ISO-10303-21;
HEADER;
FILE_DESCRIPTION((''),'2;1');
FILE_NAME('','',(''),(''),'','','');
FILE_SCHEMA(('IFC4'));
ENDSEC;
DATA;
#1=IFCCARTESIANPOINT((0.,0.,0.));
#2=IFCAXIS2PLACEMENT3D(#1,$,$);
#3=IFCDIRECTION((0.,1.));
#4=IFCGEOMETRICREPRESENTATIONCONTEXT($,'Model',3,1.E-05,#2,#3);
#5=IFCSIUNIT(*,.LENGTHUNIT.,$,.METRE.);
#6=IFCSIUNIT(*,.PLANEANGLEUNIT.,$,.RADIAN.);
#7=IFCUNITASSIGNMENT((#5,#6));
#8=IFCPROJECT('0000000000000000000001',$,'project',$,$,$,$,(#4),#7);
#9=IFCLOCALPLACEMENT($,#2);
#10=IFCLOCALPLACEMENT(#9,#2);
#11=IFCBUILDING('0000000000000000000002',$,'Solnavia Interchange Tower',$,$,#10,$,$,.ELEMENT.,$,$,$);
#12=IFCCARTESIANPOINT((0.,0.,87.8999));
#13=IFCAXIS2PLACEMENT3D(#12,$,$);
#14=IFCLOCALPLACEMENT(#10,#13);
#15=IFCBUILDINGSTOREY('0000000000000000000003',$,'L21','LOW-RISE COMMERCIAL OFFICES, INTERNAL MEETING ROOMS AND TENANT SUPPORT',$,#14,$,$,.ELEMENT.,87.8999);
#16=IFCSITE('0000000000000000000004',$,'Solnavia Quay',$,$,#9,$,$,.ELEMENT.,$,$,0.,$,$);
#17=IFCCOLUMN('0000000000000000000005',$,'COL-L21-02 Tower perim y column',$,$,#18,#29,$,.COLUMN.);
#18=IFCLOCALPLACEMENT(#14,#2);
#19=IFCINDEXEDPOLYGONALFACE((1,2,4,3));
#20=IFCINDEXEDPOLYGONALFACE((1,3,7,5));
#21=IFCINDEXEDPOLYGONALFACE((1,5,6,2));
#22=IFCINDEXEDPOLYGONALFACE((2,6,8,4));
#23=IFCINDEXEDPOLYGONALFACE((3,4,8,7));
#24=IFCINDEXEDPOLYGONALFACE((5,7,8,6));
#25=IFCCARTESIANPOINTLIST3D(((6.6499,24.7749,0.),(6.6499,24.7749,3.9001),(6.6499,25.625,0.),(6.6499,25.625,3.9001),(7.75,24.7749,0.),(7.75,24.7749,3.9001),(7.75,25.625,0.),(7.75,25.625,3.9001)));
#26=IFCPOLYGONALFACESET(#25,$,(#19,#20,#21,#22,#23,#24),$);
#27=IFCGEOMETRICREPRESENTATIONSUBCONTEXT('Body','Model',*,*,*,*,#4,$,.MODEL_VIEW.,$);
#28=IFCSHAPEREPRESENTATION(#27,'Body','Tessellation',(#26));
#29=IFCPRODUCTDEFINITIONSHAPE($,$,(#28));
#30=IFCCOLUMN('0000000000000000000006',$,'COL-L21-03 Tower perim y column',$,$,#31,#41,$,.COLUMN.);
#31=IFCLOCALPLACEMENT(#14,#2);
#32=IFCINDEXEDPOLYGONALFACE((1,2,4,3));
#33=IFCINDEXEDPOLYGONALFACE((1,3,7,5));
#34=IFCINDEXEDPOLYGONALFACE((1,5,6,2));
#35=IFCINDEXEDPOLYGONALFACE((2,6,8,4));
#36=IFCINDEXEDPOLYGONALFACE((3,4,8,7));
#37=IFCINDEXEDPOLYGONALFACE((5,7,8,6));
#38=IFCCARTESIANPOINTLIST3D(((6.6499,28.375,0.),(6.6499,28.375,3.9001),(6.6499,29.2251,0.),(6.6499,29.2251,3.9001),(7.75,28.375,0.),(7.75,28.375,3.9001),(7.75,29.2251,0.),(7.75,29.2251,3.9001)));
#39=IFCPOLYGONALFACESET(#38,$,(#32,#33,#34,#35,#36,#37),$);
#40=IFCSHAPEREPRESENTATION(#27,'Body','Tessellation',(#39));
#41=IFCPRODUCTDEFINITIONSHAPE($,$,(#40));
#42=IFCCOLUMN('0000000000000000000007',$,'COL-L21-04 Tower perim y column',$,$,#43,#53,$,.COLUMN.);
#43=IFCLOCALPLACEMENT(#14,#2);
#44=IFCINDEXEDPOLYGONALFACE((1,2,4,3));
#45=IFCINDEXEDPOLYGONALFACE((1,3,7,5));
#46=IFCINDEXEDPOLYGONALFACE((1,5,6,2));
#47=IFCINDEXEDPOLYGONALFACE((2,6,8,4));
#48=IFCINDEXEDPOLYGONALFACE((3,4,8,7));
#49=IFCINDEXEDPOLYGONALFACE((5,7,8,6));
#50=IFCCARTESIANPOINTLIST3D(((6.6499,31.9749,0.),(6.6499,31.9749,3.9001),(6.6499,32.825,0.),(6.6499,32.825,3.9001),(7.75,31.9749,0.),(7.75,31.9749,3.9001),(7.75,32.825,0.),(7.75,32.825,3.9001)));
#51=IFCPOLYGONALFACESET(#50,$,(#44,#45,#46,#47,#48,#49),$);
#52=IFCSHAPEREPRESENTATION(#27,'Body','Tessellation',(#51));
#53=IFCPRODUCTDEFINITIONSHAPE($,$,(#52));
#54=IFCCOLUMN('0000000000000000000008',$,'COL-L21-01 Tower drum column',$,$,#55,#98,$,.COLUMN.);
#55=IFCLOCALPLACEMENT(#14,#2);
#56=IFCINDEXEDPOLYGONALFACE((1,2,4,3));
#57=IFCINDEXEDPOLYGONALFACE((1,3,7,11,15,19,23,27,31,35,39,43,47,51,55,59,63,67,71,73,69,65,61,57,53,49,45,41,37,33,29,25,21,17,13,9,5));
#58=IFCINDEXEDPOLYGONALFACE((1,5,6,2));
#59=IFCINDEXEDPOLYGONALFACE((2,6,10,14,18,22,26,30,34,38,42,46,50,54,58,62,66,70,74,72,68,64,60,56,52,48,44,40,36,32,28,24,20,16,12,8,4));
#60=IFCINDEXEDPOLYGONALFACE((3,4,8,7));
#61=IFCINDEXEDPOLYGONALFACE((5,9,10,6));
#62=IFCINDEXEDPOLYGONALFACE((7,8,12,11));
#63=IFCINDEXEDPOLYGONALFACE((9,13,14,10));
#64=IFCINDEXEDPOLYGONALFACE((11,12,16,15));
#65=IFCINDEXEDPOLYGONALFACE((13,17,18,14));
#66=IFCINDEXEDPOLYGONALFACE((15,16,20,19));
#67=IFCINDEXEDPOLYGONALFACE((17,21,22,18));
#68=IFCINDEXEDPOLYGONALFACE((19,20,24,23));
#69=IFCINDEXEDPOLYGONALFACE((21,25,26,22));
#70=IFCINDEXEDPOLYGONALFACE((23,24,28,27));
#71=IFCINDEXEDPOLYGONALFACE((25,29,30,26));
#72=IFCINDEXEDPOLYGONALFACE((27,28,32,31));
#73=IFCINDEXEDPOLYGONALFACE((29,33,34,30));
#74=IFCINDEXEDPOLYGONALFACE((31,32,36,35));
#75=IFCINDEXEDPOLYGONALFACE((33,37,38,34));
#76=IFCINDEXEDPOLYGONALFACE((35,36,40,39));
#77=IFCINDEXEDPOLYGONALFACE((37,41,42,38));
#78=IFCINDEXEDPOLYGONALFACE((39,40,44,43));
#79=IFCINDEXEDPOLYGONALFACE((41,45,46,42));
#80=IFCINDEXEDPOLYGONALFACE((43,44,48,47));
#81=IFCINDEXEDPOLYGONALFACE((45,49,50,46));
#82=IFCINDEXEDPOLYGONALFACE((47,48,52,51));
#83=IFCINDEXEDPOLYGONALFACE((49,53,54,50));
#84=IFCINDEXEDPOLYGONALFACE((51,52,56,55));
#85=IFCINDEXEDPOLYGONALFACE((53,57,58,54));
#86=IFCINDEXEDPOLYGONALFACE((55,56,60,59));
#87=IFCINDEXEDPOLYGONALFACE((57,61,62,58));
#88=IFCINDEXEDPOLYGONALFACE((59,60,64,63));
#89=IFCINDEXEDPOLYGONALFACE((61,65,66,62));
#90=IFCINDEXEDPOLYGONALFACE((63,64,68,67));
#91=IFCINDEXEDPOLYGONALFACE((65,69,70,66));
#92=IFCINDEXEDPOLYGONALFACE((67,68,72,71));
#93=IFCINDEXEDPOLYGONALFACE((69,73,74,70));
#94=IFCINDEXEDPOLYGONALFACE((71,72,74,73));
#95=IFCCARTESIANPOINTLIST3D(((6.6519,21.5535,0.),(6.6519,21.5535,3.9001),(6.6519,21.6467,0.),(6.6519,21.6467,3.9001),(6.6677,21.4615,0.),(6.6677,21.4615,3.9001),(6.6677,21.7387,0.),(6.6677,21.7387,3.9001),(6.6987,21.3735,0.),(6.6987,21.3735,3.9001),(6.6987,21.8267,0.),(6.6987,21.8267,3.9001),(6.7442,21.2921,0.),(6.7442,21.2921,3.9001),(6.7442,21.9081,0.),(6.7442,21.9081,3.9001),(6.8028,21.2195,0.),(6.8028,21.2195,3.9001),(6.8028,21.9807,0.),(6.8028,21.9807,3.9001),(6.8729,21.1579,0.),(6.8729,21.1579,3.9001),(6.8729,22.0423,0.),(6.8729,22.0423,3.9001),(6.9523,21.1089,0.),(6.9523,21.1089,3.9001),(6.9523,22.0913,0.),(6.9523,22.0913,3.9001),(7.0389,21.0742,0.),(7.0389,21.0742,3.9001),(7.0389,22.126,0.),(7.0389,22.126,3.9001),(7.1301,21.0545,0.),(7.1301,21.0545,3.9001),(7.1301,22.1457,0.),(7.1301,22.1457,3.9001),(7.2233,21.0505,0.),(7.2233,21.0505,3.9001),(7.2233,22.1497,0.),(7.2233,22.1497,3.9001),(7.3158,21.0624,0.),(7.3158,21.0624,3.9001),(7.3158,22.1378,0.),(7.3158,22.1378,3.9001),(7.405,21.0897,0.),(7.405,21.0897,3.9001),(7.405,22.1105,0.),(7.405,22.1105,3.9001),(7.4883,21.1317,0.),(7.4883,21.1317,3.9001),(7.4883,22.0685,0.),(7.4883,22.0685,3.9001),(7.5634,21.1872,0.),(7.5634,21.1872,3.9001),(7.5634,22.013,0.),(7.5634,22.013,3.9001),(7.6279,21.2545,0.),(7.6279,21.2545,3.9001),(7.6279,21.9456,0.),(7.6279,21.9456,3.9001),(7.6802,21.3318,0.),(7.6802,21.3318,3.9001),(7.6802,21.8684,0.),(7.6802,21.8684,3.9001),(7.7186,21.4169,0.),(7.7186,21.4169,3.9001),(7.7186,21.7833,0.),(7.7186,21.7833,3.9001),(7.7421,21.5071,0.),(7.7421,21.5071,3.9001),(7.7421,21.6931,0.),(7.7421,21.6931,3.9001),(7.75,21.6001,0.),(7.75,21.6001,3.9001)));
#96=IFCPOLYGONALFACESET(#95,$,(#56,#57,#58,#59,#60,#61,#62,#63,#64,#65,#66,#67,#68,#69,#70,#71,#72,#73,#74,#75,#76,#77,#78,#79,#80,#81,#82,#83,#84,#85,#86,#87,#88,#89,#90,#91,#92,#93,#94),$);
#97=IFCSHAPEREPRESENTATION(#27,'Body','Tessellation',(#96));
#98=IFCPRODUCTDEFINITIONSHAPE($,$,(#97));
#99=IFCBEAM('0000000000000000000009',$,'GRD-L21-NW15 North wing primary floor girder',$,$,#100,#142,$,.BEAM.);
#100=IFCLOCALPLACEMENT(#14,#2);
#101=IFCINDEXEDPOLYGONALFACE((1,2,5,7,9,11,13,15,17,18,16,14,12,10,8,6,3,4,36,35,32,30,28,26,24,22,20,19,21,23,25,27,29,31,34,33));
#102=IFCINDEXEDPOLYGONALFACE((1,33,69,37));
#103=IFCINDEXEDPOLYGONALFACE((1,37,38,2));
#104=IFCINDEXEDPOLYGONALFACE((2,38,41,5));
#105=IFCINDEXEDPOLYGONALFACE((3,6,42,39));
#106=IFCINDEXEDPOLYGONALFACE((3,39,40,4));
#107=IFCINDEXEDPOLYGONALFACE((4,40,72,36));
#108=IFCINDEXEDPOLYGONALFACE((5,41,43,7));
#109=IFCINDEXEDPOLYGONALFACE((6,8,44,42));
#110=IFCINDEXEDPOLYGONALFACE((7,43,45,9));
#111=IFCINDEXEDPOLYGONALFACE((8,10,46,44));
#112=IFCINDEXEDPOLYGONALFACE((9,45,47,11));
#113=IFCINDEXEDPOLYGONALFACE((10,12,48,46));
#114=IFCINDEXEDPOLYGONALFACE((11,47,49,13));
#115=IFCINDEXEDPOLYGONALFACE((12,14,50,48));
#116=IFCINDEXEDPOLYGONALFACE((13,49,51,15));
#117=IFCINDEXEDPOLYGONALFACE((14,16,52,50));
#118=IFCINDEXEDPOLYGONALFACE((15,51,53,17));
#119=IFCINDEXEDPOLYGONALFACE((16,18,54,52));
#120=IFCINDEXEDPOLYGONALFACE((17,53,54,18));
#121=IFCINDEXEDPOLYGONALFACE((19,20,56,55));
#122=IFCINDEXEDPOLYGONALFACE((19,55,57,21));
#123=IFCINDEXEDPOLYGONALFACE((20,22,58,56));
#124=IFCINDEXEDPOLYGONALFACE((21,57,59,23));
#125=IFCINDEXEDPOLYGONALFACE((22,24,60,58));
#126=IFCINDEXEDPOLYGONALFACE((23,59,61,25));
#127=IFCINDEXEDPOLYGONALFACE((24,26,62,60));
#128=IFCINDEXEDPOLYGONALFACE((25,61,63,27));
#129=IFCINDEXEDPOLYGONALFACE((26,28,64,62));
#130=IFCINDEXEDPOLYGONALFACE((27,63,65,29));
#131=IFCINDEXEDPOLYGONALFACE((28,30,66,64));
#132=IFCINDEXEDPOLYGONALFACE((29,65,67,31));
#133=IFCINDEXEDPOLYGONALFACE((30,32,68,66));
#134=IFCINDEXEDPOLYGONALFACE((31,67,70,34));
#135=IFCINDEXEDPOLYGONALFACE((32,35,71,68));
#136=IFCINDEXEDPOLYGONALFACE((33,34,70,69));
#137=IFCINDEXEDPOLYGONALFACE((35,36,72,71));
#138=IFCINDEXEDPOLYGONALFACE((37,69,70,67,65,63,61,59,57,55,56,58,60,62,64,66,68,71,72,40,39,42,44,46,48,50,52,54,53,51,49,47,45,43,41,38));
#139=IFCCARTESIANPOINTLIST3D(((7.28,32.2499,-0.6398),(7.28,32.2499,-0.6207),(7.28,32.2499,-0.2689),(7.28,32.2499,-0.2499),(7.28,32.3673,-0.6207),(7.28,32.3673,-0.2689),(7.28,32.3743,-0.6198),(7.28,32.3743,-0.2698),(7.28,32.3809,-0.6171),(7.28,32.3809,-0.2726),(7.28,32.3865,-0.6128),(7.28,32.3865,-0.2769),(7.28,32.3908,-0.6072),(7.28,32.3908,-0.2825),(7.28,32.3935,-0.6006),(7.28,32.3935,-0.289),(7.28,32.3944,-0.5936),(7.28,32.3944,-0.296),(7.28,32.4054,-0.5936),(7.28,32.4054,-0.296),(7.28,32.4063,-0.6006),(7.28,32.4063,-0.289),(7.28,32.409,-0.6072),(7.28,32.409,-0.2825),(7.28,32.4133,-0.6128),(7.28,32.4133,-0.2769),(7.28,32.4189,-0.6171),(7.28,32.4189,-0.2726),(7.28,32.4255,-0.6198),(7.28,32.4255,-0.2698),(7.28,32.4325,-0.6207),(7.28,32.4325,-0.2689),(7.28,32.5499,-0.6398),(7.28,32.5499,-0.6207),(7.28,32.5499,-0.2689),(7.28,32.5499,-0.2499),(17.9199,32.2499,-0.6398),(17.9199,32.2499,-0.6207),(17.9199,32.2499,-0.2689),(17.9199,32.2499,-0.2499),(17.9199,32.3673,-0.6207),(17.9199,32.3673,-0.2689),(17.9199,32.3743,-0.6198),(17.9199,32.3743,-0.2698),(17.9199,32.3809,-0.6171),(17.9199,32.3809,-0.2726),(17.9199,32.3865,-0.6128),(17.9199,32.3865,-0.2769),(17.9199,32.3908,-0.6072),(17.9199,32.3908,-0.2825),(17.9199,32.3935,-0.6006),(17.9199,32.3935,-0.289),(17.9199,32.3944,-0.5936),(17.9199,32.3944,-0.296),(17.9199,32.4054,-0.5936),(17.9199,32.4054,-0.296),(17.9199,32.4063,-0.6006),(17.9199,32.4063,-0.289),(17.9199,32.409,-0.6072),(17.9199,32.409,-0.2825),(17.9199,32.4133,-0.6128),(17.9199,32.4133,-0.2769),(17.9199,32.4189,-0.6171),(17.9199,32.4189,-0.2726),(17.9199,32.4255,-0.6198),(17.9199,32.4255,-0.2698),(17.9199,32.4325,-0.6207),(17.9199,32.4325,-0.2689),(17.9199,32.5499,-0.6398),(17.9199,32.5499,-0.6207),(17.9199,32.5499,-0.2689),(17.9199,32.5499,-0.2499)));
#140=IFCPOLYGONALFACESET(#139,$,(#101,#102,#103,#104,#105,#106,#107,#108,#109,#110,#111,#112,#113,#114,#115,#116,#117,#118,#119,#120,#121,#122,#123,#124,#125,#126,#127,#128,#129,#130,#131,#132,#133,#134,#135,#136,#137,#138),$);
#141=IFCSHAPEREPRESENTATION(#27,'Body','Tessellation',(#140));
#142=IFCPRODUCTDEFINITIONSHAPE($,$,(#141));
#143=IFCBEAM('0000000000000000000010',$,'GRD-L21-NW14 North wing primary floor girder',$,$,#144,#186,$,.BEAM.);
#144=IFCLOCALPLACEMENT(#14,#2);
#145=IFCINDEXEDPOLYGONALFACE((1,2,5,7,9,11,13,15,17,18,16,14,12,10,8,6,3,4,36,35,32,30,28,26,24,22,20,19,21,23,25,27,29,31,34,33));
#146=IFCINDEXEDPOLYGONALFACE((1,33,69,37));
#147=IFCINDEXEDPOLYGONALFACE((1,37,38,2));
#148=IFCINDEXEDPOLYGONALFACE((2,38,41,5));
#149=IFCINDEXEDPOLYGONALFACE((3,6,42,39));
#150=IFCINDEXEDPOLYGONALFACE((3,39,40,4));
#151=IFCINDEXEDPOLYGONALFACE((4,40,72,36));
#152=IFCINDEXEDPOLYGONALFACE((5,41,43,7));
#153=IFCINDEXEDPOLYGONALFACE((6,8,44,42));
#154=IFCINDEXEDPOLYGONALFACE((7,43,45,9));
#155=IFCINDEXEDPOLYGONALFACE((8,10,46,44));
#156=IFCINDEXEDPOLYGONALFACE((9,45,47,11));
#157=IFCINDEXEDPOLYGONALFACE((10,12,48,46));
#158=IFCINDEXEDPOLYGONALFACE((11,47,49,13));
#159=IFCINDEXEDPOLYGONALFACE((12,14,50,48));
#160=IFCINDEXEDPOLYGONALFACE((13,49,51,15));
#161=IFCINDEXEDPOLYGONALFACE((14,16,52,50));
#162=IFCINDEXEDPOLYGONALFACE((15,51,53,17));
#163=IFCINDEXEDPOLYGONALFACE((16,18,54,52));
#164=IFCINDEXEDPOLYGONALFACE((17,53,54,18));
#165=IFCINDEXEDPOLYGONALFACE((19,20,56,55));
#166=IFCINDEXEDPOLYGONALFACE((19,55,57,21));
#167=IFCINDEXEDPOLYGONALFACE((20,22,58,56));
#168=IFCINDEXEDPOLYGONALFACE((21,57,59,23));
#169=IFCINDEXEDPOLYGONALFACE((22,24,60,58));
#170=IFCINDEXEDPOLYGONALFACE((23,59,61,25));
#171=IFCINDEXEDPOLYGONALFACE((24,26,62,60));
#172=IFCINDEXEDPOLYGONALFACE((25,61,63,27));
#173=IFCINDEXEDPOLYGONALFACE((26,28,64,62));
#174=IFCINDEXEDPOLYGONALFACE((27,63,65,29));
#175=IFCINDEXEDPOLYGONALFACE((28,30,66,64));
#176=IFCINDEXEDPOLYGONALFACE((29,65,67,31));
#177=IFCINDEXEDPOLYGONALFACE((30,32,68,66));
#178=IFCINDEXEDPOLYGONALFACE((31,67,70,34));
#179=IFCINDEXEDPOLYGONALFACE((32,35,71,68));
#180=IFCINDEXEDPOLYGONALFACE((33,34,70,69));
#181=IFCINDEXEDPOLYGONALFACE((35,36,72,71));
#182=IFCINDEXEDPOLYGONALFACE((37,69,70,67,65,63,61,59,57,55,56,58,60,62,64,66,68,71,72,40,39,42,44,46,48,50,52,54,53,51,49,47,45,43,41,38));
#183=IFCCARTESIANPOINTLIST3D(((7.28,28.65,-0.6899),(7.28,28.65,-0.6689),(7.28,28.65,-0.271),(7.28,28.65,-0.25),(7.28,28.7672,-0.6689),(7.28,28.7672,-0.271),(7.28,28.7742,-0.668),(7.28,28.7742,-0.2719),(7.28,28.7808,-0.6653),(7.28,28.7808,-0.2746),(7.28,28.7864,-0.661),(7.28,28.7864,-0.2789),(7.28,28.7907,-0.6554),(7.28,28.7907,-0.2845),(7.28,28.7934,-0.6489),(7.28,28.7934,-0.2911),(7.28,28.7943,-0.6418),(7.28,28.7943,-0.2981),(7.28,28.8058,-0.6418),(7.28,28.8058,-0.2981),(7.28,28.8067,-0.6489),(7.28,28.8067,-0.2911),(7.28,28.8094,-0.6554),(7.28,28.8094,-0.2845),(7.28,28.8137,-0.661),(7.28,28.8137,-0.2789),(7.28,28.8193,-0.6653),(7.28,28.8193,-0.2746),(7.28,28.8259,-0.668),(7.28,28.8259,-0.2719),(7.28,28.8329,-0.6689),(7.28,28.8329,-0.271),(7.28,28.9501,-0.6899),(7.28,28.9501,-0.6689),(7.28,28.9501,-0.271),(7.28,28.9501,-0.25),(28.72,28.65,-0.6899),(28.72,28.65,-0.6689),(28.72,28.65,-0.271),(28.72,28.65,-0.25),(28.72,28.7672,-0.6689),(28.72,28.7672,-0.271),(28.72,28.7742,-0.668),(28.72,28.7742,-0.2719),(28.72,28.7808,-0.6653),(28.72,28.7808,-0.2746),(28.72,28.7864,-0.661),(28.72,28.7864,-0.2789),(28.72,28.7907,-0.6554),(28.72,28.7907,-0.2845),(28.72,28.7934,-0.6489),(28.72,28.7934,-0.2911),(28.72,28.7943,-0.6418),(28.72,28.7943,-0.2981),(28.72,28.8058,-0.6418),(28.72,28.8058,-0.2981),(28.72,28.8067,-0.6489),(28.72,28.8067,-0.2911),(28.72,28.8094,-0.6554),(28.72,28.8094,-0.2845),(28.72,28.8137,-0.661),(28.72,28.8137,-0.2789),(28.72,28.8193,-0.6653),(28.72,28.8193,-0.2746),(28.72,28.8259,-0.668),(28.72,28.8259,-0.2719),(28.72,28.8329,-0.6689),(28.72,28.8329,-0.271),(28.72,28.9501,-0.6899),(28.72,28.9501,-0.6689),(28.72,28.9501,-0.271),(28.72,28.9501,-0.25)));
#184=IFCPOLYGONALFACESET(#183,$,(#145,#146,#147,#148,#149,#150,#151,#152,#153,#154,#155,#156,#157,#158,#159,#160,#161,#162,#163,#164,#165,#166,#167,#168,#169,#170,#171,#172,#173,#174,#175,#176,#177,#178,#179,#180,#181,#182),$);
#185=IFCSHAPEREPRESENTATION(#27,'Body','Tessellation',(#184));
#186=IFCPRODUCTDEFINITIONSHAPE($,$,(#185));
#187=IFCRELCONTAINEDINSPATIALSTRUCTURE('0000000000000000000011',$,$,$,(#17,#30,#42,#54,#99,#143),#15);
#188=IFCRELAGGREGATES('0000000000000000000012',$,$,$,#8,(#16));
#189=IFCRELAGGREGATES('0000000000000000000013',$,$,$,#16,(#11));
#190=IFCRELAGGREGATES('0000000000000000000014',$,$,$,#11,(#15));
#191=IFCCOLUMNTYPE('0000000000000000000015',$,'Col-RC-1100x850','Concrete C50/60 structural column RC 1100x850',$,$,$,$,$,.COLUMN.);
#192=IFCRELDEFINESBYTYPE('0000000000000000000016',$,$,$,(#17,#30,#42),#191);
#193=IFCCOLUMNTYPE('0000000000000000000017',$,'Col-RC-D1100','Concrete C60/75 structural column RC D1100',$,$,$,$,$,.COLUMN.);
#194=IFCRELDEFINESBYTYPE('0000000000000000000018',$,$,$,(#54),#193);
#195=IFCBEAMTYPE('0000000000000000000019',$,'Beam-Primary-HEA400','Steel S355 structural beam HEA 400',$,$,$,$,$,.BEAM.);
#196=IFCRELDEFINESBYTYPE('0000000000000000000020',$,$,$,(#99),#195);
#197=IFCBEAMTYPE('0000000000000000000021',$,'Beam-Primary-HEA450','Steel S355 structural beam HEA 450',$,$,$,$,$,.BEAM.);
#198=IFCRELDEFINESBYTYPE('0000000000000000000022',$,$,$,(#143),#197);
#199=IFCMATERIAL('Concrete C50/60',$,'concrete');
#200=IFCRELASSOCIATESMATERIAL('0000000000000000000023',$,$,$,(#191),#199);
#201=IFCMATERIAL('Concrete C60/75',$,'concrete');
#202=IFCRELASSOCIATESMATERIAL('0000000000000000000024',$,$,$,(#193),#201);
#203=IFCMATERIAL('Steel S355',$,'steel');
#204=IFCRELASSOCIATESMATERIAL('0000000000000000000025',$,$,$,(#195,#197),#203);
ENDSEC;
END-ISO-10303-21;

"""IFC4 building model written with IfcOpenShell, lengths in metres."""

from ifc_helpers import new_model, si_unit, direction, frame, origin, origin_2d, place, context, subcontext, project, spatial, rectangle, circle, i_section, extrude, material, material_profile, profile_set, type_object, element, save


model = new_model("IFC4")

# Units and contexts
model_context = context("Model", 3, precision=1e-05, world=origin(), true_north=direction((0.0, 1.0)))
body_context = subcontext(model_context, "Body", "Model", "MODEL_VIEW")
ifc_project = project(units=[si_unit("LENGTHUNIT", "METRE"), si_unit("PLANEANGLEUNIT", "RADIAN")], contexts=[model_context])

# Site, building, storey
site_placement = place(None, origin())
site = spatial("IfcSite", under=ifc_project, at=site_placement, Name="Solnavia Quay", CompositionType="ELEMENT", RefElevation=0.0)
building_placement = place(site_placement, origin())
building = spatial("IfcBuilding", under=site, at=building_placement, Name="Solnavia Interchange Tower", CompositionType="ELEMENT")
storey_placement = place(building_placement, frame((0.0, 0.0, 87.8999)))
storey = spatial("IfcBuildingStorey", under=building, at=storey_placement, Name="L21", Description="LOW-RISE COMMERCIAL OFFICES, INTERNAL MEETING ROOMS AND TENANT SUPPORT", CompositionType="ELEMENT", Elevation=87.8999)

# Columns
ifc_material_1 = material(Name="Concrete C50/60", Category="concrete")
ifc_material_profile_1 = material_profile(ifc_material_1, rectangle(XDim=0.8501, YDim=1.1001, at=origin_2d()), Name="RC 1100x850")
ifc_profile_set_1 = profile_set([ifc_material_profile_1], Name="Concrete C50/60")
column_type_1 = type_object("IfcColumnType", Name="Col-RC-1100x850", Description="Concrete C50/60 structural column RC 1100x850", PredefinedType="COLUMN", material=ifc_profile_set_1)
for number, where, z_axis, x_axis, name in (
    (1, (7.2, 25.2, 0.0), (0.0, 0.0, 1.0), (0.0, 1.0, 0.0), "COL-L21-02 Tower perim y column"),
    (2, (7.2, 28.8, 0.0), (0.0, 0.0, 1.0), (0.0, 1.0, 0.0), "COL-L21-03 Tower perim y column"),
    (3, (7.2, 32.3999, 0.0), (0.0, 0.0, 1.0), (0.0, 1.0, 0.0), "COL-L21-04 Tower perim y column"),
):
    element("IfcColumn", number, at=place(storey_placement, frame(where, z_axis=z_axis, x_axis=x_axis)), inside=storey, type_object=column_type_1, Name=name, PredefinedType="COLUMN", context=body_context, shape_type="SweptSolid", body=[
        extrude(rectangle(XDim=0.8501, YDim=1.1001, at=origin_2d()), origin(), (0.0, 0.0, 1.0), 3.9001),
    ])
ifc_material_2 = material(Name="Concrete C60/75", Category="concrete")
ifc_material_profile_2 = material_profile(ifc_material_2, circle(Radius=0.55, at=origin_2d()), Name="RC D1100")
ifc_profile_set_2 = profile_set([ifc_material_profile_2], Name="Concrete C60/75")
column_type_2 = type_object("IfcColumnType", Name="Col-RC-D1100", Description="Concrete C60/75 structural column RC D1100", PredefinedType="COLUMN", material=ifc_profile_set_2)
column_placement = place(storey_placement, frame((7.2, 21.6001, 0.0), z_axis=(0.0, 0.0, 1.0), x_axis=(1.0, 0.0, 0.0)))
element("IfcColumn", 4, at=column_placement, inside=storey, type_object=column_type_2, Name="COL-L21-01 Tower drum column", PredefinedType="COLUMN", context=body_context, shape_type="SweptSolid", body=[
    extrude(circle(Radius=0.55, at=origin_2d()), origin(), (0.0, 0.0, 1.0), 3.9001),
])

# Beams
ifc_material_3 = material(Name="Steel S355", Category="steel")
ifc_material_profile_3 = material_profile(ifc_material_3, i_section(OverallWidth=0.3, OverallDepth=0.3899, WebThickness=0.011, FlangeThickness=0.019, FilletRadius=0.0271, at=origin_2d()), Name="HEA 400")
ifc_profile_set_3 = profile_set([ifc_material_profile_3], Name="Steel S355")
beam_type_1 = type_object("IfcBeamType", Name="Beam-Primary-HEA400", Description="Steel S355 structural beam HEA 400", PredefinedType="BEAM", material=ifc_profile_set_3)
beam_1_placement = place(storey_placement, frame((7.28, 32.3999, -0.4448), z_axis=(1.0, 0.0, 0.0), x_axis=(0.0, 1.0, 0.0)))
element("IfcBeam", 5, at=beam_1_placement, inside=storey, type_object=beam_type_1, Name="GRD-L21-NW15 North wing primary floor girder", PredefinedType="BEAM", context=body_context, shape_type="SweptSolid", body=[
    extrude(i_section(OverallWidth=0.3, OverallDepth=0.3899, WebThickness=0.011, FlangeThickness=0.019, FilletRadius=0.0271, at=origin_2d()), origin(), (0.0, 0.0, 1.0), 10.6399),
])
ifc_material_profile_4 = material_profile(ifc_material_3, i_section(OverallWidth=0.3, OverallDepth=0.4399, WebThickness=0.0115, FlangeThickness=0.021, FilletRadius=0.0271, at=origin_2d()), Name="HEA 450")
ifc_profile_set_4 = profile_set([ifc_material_profile_4], Name="Steel S355")
beam_type_2 = type_object("IfcBeamType", Name="Beam-Primary-HEA450", Description="Steel S355 structural beam HEA 450", PredefinedType="BEAM", material=ifc_profile_set_4)
beam_2_placement = place(storey_placement, frame((7.28, 28.8, -0.47), z_axis=(1.0, 0.0, 0.0), x_axis=(0.0, 1.0, 0.0)))
element("IfcBeam", 6, at=beam_2_placement, inside=storey, type_object=beam_type_2, Name="GRD-L21-NW14 North wing primary floor girder", PredefinedType="BEAM", context=body_context, shape_type="SweptSolid", body=[
    extrude(i_section(OverallWidth=0.3, OverallDepth=0.4399, WebThickness=0.0115, FlangeThickness=0.021, FilletRadius=0.0271, at=origin_2d()), origin(), (0.0, 0.0, 1.0), 21.4399),
])

save(model, "model.ifc")
